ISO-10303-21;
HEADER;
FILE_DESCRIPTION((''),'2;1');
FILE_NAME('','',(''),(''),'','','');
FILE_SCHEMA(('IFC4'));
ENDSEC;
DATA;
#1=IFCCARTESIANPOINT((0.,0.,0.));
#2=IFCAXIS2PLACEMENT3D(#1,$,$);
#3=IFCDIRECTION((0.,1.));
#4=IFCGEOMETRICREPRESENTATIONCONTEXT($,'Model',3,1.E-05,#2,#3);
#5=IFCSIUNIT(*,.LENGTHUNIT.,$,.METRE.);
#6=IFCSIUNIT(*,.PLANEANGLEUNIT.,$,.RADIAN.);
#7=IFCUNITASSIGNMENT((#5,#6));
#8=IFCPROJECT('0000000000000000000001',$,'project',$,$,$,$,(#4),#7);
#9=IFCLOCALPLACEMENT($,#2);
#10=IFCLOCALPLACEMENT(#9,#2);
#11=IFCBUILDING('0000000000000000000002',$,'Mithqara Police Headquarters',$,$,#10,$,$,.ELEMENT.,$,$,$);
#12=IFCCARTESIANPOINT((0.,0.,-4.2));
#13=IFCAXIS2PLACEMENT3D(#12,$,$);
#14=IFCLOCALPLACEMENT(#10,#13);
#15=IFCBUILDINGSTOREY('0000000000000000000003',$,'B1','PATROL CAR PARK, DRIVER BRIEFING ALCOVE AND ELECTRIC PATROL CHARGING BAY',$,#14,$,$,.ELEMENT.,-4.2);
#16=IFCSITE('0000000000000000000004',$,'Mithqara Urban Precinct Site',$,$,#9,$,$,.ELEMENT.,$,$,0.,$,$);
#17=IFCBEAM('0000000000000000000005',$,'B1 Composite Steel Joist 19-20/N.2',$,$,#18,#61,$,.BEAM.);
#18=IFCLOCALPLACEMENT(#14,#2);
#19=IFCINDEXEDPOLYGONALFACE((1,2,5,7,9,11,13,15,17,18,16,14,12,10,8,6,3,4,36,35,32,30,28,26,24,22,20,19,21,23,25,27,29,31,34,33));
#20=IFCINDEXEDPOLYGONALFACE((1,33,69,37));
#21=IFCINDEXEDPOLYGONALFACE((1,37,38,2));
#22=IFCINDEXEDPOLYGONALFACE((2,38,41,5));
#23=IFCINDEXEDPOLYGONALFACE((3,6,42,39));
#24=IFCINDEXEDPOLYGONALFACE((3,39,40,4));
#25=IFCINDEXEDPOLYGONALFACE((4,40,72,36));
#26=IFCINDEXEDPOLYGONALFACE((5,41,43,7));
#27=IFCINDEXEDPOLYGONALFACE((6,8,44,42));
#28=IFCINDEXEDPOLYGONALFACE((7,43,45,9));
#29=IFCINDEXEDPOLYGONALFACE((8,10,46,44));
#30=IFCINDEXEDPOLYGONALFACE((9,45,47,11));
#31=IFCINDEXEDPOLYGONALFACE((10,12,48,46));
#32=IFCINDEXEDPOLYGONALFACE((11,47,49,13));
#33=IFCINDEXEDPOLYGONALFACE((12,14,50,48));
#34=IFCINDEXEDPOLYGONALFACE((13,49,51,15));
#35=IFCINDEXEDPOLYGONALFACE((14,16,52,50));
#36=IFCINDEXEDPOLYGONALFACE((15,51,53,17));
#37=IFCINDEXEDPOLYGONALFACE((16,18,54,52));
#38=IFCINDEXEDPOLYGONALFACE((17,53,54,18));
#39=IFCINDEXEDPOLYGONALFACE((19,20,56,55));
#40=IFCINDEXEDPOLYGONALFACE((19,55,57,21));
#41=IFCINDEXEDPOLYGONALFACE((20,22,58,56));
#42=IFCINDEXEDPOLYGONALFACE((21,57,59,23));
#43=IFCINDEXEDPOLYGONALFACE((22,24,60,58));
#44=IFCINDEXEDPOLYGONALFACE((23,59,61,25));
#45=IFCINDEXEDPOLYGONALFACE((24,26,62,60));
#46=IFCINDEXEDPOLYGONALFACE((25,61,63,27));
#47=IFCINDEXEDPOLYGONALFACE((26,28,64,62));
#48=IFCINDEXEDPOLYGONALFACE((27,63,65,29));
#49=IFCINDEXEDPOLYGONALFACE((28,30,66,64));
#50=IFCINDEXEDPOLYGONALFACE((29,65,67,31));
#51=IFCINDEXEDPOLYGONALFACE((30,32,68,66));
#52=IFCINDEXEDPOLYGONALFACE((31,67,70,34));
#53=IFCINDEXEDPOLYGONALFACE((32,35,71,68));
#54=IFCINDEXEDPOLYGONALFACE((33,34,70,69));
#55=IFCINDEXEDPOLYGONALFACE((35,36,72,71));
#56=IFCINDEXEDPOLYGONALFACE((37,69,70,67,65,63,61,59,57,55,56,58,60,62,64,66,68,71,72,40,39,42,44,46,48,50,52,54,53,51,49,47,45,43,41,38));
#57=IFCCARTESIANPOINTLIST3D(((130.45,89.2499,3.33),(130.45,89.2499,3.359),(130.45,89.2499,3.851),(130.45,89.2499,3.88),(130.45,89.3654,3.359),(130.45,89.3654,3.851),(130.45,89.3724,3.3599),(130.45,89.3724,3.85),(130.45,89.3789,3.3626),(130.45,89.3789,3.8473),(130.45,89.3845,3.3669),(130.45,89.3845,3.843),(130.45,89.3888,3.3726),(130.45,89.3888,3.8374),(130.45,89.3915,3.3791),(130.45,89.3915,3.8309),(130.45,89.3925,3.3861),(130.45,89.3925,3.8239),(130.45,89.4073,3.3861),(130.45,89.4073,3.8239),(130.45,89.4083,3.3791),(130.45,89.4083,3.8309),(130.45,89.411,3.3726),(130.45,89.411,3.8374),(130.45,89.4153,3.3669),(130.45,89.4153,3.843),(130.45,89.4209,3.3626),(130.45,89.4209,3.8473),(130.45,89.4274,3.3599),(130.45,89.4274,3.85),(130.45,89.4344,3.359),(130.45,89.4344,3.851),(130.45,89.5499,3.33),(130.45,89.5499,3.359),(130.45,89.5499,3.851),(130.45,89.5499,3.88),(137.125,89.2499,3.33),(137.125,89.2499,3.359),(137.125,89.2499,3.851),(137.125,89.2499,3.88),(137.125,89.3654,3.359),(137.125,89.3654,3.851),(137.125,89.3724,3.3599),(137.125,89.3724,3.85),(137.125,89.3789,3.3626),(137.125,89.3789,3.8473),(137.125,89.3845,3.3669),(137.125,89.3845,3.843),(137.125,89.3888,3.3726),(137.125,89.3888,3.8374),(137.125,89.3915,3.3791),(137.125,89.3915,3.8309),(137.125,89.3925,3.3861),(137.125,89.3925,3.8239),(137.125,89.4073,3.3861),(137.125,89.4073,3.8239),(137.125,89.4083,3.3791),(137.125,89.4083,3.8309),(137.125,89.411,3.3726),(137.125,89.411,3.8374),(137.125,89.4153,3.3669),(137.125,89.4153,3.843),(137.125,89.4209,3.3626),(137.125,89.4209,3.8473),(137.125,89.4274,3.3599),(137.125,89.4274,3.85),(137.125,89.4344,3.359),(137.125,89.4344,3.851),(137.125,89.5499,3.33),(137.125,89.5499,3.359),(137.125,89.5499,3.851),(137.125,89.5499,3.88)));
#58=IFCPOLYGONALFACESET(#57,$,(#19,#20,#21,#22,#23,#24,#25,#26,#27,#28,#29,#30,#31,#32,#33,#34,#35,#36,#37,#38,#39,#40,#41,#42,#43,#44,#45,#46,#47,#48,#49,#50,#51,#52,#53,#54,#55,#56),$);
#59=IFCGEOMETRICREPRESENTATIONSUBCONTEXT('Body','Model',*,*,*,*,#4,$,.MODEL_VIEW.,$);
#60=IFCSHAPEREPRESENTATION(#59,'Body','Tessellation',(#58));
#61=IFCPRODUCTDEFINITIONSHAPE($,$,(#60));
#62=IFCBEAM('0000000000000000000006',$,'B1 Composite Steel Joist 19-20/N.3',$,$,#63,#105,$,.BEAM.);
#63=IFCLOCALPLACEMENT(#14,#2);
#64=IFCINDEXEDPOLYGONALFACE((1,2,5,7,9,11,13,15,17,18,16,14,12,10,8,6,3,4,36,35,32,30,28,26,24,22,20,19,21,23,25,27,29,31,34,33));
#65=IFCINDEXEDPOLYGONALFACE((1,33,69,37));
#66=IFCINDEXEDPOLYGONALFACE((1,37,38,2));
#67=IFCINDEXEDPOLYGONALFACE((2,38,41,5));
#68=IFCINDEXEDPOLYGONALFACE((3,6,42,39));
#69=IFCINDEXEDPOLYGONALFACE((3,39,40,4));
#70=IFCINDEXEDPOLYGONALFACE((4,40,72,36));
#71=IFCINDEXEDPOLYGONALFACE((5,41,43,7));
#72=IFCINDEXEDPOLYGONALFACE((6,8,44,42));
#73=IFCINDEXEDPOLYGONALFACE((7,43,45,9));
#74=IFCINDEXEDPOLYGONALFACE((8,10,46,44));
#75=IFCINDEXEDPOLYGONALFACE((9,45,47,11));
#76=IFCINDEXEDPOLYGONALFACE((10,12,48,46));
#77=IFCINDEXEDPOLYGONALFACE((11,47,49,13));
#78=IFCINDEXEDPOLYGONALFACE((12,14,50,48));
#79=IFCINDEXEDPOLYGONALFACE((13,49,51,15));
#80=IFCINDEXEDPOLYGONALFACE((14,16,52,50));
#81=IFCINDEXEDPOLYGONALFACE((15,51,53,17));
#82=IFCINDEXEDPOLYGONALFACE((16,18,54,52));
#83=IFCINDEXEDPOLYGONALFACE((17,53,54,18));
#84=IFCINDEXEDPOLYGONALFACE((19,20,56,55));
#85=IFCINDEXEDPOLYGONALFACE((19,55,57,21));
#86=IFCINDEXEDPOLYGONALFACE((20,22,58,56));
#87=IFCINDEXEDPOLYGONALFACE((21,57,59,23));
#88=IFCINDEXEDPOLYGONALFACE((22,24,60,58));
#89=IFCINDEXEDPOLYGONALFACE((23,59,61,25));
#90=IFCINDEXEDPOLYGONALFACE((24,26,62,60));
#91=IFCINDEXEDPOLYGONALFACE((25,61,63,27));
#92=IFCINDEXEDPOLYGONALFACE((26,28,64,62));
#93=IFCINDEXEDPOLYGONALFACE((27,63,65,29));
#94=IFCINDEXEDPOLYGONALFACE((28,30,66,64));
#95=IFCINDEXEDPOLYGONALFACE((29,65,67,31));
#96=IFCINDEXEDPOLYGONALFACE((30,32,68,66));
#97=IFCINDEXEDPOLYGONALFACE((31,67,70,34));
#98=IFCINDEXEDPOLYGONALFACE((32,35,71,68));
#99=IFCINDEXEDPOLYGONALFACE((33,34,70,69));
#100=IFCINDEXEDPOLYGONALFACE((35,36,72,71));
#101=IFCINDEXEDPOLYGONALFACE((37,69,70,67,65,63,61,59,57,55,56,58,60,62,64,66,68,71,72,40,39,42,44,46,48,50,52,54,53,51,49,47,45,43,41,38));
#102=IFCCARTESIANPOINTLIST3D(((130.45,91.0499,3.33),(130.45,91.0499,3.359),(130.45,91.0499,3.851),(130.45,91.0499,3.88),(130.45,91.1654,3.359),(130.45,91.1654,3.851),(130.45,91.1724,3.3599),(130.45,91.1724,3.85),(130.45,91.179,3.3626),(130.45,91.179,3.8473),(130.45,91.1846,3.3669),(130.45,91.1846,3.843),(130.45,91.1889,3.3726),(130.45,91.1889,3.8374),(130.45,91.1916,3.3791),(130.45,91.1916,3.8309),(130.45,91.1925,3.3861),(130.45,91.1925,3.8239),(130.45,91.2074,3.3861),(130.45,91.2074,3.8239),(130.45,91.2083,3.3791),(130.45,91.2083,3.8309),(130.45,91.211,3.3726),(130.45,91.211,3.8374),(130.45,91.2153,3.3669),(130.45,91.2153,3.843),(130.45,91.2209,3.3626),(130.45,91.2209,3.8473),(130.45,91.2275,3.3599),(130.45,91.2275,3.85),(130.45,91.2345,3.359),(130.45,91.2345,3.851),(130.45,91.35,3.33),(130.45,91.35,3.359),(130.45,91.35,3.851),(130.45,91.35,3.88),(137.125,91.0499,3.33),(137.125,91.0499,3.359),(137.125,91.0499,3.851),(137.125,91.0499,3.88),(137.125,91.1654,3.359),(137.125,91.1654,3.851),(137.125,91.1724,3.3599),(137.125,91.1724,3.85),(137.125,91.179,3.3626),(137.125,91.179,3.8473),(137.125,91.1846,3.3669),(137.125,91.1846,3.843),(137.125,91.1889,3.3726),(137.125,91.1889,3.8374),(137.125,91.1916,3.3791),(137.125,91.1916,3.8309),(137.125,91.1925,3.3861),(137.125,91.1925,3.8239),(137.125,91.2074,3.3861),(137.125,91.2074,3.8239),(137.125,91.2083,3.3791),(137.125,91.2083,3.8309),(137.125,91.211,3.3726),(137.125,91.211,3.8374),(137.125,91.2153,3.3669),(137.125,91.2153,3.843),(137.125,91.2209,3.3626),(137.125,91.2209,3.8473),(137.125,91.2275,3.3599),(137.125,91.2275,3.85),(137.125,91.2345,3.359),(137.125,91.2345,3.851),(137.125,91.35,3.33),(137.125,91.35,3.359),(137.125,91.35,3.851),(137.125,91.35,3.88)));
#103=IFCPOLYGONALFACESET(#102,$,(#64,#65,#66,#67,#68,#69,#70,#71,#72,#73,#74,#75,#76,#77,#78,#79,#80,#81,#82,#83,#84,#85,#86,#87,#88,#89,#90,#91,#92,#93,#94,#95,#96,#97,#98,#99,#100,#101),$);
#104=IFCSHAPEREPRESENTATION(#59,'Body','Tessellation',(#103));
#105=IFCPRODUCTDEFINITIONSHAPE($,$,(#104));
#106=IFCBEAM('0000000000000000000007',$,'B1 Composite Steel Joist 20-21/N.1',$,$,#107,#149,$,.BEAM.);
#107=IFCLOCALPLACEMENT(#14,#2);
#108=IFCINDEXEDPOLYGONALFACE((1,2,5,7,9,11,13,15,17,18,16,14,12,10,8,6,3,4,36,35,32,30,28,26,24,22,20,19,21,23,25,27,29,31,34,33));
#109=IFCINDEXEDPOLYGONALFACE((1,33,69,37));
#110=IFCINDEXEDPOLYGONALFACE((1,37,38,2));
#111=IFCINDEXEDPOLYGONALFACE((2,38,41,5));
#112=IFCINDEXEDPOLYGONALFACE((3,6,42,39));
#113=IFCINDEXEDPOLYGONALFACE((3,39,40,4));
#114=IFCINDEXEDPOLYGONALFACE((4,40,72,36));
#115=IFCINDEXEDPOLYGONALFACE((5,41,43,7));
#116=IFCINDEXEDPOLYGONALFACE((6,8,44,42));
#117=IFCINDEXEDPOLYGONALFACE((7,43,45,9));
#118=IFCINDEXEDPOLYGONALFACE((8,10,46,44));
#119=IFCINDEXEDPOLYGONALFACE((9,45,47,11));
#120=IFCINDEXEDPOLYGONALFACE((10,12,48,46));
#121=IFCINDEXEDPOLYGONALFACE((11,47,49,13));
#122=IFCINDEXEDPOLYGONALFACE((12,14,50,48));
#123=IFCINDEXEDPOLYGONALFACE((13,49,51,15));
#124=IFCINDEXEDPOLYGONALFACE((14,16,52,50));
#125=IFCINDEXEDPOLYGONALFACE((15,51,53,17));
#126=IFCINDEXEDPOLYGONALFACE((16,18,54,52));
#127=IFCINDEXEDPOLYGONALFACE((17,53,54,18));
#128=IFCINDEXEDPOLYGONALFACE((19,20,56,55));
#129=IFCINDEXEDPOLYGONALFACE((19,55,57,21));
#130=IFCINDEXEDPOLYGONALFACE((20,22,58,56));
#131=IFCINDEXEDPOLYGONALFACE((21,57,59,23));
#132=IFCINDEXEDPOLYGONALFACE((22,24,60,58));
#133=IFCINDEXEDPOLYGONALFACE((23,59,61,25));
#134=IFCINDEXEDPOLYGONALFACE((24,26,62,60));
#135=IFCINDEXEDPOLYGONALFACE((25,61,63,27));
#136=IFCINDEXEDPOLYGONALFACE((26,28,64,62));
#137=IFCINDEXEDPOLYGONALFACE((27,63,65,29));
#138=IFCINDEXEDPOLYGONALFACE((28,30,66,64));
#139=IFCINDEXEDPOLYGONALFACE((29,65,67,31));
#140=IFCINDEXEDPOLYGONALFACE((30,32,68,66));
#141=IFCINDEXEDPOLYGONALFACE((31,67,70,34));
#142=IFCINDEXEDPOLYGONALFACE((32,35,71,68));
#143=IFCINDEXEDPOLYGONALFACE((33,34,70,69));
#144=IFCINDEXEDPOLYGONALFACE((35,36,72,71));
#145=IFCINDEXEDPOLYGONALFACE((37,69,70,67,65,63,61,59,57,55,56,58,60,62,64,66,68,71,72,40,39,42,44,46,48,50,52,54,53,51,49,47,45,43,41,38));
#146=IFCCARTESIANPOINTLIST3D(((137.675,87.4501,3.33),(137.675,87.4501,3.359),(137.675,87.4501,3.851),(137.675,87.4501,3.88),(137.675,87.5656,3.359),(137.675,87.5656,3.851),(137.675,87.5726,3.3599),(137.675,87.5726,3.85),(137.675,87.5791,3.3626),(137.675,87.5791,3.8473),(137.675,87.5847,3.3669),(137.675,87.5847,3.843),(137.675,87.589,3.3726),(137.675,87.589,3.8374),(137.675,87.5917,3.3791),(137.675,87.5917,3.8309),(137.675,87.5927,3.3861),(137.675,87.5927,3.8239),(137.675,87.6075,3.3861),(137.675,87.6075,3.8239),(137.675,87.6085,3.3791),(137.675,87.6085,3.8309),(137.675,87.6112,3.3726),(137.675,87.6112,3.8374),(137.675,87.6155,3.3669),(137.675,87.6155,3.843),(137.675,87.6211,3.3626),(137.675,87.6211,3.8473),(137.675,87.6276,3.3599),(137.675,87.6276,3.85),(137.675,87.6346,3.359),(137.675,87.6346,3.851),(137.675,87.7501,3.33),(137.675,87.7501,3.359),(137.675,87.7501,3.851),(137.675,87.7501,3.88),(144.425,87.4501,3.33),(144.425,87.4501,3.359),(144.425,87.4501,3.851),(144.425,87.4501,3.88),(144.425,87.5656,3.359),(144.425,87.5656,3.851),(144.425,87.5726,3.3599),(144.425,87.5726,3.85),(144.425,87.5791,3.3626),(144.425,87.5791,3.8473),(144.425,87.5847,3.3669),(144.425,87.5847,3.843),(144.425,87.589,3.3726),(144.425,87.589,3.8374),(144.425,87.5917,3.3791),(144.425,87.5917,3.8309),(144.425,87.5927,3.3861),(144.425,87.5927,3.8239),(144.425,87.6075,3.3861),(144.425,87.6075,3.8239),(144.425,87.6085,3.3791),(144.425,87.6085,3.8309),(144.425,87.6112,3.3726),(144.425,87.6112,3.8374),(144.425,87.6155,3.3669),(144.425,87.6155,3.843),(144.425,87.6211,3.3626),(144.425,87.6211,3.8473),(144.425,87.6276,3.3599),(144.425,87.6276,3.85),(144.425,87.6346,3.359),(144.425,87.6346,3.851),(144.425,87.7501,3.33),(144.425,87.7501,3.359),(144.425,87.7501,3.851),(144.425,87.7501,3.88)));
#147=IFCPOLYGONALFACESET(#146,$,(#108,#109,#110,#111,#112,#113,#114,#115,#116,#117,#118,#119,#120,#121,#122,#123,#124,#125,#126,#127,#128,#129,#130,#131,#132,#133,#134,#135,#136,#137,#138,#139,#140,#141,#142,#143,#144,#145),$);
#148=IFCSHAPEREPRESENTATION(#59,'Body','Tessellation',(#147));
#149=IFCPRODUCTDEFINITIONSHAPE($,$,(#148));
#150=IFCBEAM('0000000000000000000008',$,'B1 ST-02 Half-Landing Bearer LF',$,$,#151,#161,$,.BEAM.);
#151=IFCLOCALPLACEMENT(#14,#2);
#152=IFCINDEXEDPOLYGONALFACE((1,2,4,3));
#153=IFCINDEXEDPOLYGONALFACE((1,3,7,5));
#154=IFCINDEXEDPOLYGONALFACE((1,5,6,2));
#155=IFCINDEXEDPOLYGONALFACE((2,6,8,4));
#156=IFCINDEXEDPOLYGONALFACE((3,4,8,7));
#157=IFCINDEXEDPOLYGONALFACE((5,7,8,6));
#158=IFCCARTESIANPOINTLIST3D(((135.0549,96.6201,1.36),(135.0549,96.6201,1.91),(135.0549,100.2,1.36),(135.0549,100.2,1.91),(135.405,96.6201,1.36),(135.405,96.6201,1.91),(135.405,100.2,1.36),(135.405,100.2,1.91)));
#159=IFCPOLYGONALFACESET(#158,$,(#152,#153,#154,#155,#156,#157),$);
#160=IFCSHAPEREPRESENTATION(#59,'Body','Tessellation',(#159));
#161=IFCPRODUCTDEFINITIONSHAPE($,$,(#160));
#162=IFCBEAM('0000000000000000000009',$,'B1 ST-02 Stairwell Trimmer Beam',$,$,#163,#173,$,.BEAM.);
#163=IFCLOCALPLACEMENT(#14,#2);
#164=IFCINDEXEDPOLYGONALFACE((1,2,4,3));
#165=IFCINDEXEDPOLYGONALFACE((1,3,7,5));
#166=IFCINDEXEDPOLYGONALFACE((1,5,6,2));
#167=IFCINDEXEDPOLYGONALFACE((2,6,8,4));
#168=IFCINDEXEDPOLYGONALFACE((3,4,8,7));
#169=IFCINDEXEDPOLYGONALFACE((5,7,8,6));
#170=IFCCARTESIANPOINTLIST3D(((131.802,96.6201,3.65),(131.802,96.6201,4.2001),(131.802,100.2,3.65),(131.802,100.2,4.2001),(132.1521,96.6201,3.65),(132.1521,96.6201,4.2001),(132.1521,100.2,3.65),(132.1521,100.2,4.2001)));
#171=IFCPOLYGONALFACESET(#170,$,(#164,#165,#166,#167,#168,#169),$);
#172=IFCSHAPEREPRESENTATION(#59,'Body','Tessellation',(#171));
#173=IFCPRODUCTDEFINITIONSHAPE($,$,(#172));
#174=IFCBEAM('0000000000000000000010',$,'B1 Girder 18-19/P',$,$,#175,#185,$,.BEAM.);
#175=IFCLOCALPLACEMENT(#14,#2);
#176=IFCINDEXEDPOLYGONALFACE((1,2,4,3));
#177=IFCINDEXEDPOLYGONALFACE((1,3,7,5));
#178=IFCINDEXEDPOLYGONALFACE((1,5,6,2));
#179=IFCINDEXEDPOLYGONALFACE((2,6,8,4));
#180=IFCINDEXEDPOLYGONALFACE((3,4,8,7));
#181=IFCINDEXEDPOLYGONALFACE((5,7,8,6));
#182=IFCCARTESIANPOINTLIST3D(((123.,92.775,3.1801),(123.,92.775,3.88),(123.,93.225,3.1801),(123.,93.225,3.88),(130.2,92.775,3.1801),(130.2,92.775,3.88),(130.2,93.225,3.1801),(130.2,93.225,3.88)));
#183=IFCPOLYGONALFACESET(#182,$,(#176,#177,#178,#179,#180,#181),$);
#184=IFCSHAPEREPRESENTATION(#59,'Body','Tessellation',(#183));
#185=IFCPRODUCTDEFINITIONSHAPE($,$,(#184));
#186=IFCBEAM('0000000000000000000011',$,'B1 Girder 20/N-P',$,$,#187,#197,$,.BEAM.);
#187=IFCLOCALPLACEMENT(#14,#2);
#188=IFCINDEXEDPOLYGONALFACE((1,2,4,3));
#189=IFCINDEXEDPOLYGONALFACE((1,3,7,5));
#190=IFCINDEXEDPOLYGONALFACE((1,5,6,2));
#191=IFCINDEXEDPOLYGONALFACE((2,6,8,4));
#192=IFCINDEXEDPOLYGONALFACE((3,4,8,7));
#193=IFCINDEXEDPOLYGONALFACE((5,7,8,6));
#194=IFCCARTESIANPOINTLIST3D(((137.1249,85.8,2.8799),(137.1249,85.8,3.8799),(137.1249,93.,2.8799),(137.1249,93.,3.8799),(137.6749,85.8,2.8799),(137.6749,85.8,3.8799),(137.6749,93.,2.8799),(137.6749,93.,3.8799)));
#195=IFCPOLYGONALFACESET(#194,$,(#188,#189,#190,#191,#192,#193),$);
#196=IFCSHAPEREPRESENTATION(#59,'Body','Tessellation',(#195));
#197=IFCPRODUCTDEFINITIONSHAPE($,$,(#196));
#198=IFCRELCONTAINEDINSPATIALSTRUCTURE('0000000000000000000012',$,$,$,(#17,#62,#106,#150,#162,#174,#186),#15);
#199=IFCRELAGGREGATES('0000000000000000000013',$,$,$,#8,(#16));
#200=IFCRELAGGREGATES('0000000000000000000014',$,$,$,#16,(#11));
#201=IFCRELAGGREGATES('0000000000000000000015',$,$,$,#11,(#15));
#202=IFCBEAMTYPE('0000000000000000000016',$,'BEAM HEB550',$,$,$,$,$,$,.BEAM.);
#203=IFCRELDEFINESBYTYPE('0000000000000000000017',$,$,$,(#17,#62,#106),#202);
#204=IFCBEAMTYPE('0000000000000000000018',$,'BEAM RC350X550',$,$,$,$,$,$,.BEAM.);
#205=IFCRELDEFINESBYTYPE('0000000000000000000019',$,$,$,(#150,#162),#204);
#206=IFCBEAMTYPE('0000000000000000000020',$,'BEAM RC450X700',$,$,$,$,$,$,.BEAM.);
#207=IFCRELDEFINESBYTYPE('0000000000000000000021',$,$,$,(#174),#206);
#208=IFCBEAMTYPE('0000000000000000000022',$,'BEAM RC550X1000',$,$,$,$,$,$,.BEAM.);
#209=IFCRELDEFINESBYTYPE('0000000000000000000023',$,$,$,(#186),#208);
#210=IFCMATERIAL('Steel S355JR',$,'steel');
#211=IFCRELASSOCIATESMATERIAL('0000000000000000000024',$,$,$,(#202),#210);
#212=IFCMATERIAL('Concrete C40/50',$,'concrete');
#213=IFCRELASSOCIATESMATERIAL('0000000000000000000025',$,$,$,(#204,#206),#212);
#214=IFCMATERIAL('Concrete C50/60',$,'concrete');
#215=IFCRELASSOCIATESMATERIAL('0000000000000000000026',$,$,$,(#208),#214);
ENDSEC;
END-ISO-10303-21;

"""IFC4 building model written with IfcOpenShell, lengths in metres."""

from ifc_helpers import new_model, si_unit, direction, frame, origin, origin_2d, place, context, subcontext, project, spatial, rectangle, i_section, extrude, material, material_profile, profile_set, type_object, element, save


model = new_model("IFC4")

# Units and contexts
model_context = context("Model", 3, precision=1e-05, world=origin(), true_north=direction((0.0, 1.0)))
body_context = subcontext(model_context, "Body", "Model", "MODEL_VIEW")
ifc_project = project(units=[si_unit("LENGTHUNIT", "METRE"), si_unit("PLANEANGLEUNIT", "RADIAN")], contexts=[model_context])

# Site, building, storey
site_placement = place(None, origin())
site = spatial("IfcSite", under=ifc_project, at=site_placement, Name="Mithqara Urban Precinct Site", CompositionType="ELEMENT", RefElevation=0.0)
building_placement = place(site_placement, origin())
building = spatial("IfcBuilding", under=site, at=building_placement, Name="Mithqara Police Headquarters", CompositionType="ELEMENT")
storey_placement = place(building_placement, frame((0.0, 0.0, -4.2)))
storey = spatial("IfcBuildingStorey", under=building, at=storey_placement, Name="B1", Description="PATROL CAR PARK, DRIVER BRIEFING ALCOVE AND ELECTRIC PATROL CHARGING BAY", CompositionType="ELEMENT", Elevation=-4.2)

# Beams
ifc_material_1 = material(Name="Steel S355JR", Category="steel")
ifc_material_profile_1 = material_profile(ifc_material_1, i_section(OverallWidth=0.3, OverallDepth=0.55, WebThickness=0.0149, FlangeThickness=0.0291, FilletRadius=0.0271, at=origin_2d()), Name="HEB 550")
ifc_profile_set_1 = profile_set([ifc_material_profile_1], Name="Steel S355JR")
beam_type_1 = type_object("IfcBeamType", Name="BEAM HEB550", PredefinedType="BEAM", material=ifc_profile_set_1)
for number, where, z_axis, x_axis, name in (
    (1, (130.45, 89.3999, 3.605), (1.0, 0.0, 0.0), (0.0, 1.0, 0.0), "B1 Composite Steel Joist 19-20/N.2"),
    (2, (130.45, 91.2, 3.605), (1.0, 0.0, 0.0), (0.0, 1.0, 0.0), "B1 Composite Steel Joist 19-20/N.3"),
):
    element("IfcBeam", number, at=place(storey_placement, frame(where, z_axis=z_axis, x_axis=x_axis)), inside=storey, type_object=beam_type_1, Name=name, PredefinedType="BEAM", context=body_context, shape_type="SweptSolid", body=[
        extrude(i_section(OverallWidth=0.3, OverallDepth=0.55, WebThickness=0.0149, FlangeThickness=0.0291, FilletRadius=0.0271, at=origin_2d()), origin(), (0.0, 0.0, 1.0), 6.675),
    ])
beam_1_placement = place(storey_placement, frame((137.675, 87.6001, 3.605), z_axis=(1.0, 0.0, 0.0), x_axis=(0.0, 1.0, 0.0)))
element("IfcBeam", 3, at=beam_1_placement, inside=storey, type_object=beam_type_1, Name="B1 Composite Steel Joist 20-21/N.1", PredefinedType="BEAM", context=body_context, shape_type="SweptSolid", body=[
    extrude(i_section(OverallWidth=0.3, OverallDepth=0.55, WebThickness=0.0149, FlangeThickness=0.0291, FilletRadius=0.0271, at=origin_2d()), origin(), (0.0, 0.0, 1.0), 6.75),
])
ifc_material_2 = material(Name="Concrete C40/50", Category="concrete")
ifc_material_profile_2 = material_profile(ifc_material_2, rectangle(XDim=0.3501, YDim=0.55, at=origin_2d()), Name="RC 350x550")
ifc_profile_set_2 = profile_set([ifc_material_profile_2], Name="Concrete C40/50")
beam_type_2 = type_object("IfcBeamType", Name="BEAM RC350X550", PredefinedType="BEAM", material=ifc_profile_set_2)
for number, where, z_axis, x_axis, name in (
    (4, (135.23, 96.6201, 1.635), (0.0, 1.0, 0.0), (-1.0, 0.0, 0.0), "B1 ST-02 Half-Landing Bearer LF"),
    (5, (131.9771, 96.6201, 3.925), (0.0, 1.0, 0.0), (-1.0, 0.0, 0.0), "B1 ST-02 Stairwell Trimmer Beam"),
):
    element("IfcBeam", number, at=place(storey_placement, frame(where, z_axis=z_axis, x_axis=x_axis)), inside=storey, type_object=beam_type_2, Name=name, PredefinedType="BEAM", context=body_context, shape_type="SweptSolid", body=[
        extrude(rectangle(XDim=0.3501, YDim=0.55, at=origin_2d()), origin(), (0.0, 0.0, 1.0), 3.5798),
    ])
ifc_material_profile_3 = material_profile(ifc_material_2, rectangle(XDim=0.45, YDim=0.7, at=origin_2d()), Name="RC 450x700")
ifc_profile_set_3 = profile_set([ifc_material_profile_3], Name="Concrete C40/50")
beam_type_3 = type_object("IfcBeamType", Name="BEAM RC450X700", PredefinedType="BEAM", material=ifc_profile_set_3)
beam_2_placement = place(storey_placement, frame((123.0, 93.0, 3.53), z_axis=(1.0, 0.0, 0.0), x_axis=(0.0, 1.0, 0.0)))
element("IfcBeam", 6, at=beam_2_placement, inside=storey, type_object=beam_type_3, Name="B1 Girder 18-19/P", PredefinedType="BEAM", context=body_context, shape_type="SweptSolid", body=[
    extrude(rectangle(XDim=0.45, YDim=0.7, at=origin_2d()), origin(), (0.0, 0.0, 1.0), 7.2),
])
ifc_material_3 = material(Name="Concrete C50/60", Category="concrete")
ifc_material_profile_4 = material_profile(ifc_material_3, rectangle(XDim=0.55, YDim=1.0, at=origin_2d()), Name="RC 550x1000")
ifc_profile_set_4 = profile_set([ifc_material_profile_4], Name="Concrete C50/60")
beam_type_4 = type_object("IfcBeamType", Name="BEAM RC550X1000", PredefinedType="BEAM", material=ifc_profile_set_4)
beam_3_placement = place(storey_placement, frame((137.3999, 85.8, 3.3799), z_axis=(0.0, 1.0, 0.0), x_axis=(-1.0, 0.0, 0.0)))
element("IfcBeam", 7, at=beam_3_placement, inside=storey, type_object=beam_type_4, Name="B1 Girder 20/N-P", PredefinedType="BEAM", context=body_context, shape_type="SweptSolid", body=[
    extrude(rectangle(XDim=0.55, YDim=1.0, at=origin_2d()), origin(), (0.0, 0.0, 1.0), 7.2),
])

save(model, "model.ifc")
